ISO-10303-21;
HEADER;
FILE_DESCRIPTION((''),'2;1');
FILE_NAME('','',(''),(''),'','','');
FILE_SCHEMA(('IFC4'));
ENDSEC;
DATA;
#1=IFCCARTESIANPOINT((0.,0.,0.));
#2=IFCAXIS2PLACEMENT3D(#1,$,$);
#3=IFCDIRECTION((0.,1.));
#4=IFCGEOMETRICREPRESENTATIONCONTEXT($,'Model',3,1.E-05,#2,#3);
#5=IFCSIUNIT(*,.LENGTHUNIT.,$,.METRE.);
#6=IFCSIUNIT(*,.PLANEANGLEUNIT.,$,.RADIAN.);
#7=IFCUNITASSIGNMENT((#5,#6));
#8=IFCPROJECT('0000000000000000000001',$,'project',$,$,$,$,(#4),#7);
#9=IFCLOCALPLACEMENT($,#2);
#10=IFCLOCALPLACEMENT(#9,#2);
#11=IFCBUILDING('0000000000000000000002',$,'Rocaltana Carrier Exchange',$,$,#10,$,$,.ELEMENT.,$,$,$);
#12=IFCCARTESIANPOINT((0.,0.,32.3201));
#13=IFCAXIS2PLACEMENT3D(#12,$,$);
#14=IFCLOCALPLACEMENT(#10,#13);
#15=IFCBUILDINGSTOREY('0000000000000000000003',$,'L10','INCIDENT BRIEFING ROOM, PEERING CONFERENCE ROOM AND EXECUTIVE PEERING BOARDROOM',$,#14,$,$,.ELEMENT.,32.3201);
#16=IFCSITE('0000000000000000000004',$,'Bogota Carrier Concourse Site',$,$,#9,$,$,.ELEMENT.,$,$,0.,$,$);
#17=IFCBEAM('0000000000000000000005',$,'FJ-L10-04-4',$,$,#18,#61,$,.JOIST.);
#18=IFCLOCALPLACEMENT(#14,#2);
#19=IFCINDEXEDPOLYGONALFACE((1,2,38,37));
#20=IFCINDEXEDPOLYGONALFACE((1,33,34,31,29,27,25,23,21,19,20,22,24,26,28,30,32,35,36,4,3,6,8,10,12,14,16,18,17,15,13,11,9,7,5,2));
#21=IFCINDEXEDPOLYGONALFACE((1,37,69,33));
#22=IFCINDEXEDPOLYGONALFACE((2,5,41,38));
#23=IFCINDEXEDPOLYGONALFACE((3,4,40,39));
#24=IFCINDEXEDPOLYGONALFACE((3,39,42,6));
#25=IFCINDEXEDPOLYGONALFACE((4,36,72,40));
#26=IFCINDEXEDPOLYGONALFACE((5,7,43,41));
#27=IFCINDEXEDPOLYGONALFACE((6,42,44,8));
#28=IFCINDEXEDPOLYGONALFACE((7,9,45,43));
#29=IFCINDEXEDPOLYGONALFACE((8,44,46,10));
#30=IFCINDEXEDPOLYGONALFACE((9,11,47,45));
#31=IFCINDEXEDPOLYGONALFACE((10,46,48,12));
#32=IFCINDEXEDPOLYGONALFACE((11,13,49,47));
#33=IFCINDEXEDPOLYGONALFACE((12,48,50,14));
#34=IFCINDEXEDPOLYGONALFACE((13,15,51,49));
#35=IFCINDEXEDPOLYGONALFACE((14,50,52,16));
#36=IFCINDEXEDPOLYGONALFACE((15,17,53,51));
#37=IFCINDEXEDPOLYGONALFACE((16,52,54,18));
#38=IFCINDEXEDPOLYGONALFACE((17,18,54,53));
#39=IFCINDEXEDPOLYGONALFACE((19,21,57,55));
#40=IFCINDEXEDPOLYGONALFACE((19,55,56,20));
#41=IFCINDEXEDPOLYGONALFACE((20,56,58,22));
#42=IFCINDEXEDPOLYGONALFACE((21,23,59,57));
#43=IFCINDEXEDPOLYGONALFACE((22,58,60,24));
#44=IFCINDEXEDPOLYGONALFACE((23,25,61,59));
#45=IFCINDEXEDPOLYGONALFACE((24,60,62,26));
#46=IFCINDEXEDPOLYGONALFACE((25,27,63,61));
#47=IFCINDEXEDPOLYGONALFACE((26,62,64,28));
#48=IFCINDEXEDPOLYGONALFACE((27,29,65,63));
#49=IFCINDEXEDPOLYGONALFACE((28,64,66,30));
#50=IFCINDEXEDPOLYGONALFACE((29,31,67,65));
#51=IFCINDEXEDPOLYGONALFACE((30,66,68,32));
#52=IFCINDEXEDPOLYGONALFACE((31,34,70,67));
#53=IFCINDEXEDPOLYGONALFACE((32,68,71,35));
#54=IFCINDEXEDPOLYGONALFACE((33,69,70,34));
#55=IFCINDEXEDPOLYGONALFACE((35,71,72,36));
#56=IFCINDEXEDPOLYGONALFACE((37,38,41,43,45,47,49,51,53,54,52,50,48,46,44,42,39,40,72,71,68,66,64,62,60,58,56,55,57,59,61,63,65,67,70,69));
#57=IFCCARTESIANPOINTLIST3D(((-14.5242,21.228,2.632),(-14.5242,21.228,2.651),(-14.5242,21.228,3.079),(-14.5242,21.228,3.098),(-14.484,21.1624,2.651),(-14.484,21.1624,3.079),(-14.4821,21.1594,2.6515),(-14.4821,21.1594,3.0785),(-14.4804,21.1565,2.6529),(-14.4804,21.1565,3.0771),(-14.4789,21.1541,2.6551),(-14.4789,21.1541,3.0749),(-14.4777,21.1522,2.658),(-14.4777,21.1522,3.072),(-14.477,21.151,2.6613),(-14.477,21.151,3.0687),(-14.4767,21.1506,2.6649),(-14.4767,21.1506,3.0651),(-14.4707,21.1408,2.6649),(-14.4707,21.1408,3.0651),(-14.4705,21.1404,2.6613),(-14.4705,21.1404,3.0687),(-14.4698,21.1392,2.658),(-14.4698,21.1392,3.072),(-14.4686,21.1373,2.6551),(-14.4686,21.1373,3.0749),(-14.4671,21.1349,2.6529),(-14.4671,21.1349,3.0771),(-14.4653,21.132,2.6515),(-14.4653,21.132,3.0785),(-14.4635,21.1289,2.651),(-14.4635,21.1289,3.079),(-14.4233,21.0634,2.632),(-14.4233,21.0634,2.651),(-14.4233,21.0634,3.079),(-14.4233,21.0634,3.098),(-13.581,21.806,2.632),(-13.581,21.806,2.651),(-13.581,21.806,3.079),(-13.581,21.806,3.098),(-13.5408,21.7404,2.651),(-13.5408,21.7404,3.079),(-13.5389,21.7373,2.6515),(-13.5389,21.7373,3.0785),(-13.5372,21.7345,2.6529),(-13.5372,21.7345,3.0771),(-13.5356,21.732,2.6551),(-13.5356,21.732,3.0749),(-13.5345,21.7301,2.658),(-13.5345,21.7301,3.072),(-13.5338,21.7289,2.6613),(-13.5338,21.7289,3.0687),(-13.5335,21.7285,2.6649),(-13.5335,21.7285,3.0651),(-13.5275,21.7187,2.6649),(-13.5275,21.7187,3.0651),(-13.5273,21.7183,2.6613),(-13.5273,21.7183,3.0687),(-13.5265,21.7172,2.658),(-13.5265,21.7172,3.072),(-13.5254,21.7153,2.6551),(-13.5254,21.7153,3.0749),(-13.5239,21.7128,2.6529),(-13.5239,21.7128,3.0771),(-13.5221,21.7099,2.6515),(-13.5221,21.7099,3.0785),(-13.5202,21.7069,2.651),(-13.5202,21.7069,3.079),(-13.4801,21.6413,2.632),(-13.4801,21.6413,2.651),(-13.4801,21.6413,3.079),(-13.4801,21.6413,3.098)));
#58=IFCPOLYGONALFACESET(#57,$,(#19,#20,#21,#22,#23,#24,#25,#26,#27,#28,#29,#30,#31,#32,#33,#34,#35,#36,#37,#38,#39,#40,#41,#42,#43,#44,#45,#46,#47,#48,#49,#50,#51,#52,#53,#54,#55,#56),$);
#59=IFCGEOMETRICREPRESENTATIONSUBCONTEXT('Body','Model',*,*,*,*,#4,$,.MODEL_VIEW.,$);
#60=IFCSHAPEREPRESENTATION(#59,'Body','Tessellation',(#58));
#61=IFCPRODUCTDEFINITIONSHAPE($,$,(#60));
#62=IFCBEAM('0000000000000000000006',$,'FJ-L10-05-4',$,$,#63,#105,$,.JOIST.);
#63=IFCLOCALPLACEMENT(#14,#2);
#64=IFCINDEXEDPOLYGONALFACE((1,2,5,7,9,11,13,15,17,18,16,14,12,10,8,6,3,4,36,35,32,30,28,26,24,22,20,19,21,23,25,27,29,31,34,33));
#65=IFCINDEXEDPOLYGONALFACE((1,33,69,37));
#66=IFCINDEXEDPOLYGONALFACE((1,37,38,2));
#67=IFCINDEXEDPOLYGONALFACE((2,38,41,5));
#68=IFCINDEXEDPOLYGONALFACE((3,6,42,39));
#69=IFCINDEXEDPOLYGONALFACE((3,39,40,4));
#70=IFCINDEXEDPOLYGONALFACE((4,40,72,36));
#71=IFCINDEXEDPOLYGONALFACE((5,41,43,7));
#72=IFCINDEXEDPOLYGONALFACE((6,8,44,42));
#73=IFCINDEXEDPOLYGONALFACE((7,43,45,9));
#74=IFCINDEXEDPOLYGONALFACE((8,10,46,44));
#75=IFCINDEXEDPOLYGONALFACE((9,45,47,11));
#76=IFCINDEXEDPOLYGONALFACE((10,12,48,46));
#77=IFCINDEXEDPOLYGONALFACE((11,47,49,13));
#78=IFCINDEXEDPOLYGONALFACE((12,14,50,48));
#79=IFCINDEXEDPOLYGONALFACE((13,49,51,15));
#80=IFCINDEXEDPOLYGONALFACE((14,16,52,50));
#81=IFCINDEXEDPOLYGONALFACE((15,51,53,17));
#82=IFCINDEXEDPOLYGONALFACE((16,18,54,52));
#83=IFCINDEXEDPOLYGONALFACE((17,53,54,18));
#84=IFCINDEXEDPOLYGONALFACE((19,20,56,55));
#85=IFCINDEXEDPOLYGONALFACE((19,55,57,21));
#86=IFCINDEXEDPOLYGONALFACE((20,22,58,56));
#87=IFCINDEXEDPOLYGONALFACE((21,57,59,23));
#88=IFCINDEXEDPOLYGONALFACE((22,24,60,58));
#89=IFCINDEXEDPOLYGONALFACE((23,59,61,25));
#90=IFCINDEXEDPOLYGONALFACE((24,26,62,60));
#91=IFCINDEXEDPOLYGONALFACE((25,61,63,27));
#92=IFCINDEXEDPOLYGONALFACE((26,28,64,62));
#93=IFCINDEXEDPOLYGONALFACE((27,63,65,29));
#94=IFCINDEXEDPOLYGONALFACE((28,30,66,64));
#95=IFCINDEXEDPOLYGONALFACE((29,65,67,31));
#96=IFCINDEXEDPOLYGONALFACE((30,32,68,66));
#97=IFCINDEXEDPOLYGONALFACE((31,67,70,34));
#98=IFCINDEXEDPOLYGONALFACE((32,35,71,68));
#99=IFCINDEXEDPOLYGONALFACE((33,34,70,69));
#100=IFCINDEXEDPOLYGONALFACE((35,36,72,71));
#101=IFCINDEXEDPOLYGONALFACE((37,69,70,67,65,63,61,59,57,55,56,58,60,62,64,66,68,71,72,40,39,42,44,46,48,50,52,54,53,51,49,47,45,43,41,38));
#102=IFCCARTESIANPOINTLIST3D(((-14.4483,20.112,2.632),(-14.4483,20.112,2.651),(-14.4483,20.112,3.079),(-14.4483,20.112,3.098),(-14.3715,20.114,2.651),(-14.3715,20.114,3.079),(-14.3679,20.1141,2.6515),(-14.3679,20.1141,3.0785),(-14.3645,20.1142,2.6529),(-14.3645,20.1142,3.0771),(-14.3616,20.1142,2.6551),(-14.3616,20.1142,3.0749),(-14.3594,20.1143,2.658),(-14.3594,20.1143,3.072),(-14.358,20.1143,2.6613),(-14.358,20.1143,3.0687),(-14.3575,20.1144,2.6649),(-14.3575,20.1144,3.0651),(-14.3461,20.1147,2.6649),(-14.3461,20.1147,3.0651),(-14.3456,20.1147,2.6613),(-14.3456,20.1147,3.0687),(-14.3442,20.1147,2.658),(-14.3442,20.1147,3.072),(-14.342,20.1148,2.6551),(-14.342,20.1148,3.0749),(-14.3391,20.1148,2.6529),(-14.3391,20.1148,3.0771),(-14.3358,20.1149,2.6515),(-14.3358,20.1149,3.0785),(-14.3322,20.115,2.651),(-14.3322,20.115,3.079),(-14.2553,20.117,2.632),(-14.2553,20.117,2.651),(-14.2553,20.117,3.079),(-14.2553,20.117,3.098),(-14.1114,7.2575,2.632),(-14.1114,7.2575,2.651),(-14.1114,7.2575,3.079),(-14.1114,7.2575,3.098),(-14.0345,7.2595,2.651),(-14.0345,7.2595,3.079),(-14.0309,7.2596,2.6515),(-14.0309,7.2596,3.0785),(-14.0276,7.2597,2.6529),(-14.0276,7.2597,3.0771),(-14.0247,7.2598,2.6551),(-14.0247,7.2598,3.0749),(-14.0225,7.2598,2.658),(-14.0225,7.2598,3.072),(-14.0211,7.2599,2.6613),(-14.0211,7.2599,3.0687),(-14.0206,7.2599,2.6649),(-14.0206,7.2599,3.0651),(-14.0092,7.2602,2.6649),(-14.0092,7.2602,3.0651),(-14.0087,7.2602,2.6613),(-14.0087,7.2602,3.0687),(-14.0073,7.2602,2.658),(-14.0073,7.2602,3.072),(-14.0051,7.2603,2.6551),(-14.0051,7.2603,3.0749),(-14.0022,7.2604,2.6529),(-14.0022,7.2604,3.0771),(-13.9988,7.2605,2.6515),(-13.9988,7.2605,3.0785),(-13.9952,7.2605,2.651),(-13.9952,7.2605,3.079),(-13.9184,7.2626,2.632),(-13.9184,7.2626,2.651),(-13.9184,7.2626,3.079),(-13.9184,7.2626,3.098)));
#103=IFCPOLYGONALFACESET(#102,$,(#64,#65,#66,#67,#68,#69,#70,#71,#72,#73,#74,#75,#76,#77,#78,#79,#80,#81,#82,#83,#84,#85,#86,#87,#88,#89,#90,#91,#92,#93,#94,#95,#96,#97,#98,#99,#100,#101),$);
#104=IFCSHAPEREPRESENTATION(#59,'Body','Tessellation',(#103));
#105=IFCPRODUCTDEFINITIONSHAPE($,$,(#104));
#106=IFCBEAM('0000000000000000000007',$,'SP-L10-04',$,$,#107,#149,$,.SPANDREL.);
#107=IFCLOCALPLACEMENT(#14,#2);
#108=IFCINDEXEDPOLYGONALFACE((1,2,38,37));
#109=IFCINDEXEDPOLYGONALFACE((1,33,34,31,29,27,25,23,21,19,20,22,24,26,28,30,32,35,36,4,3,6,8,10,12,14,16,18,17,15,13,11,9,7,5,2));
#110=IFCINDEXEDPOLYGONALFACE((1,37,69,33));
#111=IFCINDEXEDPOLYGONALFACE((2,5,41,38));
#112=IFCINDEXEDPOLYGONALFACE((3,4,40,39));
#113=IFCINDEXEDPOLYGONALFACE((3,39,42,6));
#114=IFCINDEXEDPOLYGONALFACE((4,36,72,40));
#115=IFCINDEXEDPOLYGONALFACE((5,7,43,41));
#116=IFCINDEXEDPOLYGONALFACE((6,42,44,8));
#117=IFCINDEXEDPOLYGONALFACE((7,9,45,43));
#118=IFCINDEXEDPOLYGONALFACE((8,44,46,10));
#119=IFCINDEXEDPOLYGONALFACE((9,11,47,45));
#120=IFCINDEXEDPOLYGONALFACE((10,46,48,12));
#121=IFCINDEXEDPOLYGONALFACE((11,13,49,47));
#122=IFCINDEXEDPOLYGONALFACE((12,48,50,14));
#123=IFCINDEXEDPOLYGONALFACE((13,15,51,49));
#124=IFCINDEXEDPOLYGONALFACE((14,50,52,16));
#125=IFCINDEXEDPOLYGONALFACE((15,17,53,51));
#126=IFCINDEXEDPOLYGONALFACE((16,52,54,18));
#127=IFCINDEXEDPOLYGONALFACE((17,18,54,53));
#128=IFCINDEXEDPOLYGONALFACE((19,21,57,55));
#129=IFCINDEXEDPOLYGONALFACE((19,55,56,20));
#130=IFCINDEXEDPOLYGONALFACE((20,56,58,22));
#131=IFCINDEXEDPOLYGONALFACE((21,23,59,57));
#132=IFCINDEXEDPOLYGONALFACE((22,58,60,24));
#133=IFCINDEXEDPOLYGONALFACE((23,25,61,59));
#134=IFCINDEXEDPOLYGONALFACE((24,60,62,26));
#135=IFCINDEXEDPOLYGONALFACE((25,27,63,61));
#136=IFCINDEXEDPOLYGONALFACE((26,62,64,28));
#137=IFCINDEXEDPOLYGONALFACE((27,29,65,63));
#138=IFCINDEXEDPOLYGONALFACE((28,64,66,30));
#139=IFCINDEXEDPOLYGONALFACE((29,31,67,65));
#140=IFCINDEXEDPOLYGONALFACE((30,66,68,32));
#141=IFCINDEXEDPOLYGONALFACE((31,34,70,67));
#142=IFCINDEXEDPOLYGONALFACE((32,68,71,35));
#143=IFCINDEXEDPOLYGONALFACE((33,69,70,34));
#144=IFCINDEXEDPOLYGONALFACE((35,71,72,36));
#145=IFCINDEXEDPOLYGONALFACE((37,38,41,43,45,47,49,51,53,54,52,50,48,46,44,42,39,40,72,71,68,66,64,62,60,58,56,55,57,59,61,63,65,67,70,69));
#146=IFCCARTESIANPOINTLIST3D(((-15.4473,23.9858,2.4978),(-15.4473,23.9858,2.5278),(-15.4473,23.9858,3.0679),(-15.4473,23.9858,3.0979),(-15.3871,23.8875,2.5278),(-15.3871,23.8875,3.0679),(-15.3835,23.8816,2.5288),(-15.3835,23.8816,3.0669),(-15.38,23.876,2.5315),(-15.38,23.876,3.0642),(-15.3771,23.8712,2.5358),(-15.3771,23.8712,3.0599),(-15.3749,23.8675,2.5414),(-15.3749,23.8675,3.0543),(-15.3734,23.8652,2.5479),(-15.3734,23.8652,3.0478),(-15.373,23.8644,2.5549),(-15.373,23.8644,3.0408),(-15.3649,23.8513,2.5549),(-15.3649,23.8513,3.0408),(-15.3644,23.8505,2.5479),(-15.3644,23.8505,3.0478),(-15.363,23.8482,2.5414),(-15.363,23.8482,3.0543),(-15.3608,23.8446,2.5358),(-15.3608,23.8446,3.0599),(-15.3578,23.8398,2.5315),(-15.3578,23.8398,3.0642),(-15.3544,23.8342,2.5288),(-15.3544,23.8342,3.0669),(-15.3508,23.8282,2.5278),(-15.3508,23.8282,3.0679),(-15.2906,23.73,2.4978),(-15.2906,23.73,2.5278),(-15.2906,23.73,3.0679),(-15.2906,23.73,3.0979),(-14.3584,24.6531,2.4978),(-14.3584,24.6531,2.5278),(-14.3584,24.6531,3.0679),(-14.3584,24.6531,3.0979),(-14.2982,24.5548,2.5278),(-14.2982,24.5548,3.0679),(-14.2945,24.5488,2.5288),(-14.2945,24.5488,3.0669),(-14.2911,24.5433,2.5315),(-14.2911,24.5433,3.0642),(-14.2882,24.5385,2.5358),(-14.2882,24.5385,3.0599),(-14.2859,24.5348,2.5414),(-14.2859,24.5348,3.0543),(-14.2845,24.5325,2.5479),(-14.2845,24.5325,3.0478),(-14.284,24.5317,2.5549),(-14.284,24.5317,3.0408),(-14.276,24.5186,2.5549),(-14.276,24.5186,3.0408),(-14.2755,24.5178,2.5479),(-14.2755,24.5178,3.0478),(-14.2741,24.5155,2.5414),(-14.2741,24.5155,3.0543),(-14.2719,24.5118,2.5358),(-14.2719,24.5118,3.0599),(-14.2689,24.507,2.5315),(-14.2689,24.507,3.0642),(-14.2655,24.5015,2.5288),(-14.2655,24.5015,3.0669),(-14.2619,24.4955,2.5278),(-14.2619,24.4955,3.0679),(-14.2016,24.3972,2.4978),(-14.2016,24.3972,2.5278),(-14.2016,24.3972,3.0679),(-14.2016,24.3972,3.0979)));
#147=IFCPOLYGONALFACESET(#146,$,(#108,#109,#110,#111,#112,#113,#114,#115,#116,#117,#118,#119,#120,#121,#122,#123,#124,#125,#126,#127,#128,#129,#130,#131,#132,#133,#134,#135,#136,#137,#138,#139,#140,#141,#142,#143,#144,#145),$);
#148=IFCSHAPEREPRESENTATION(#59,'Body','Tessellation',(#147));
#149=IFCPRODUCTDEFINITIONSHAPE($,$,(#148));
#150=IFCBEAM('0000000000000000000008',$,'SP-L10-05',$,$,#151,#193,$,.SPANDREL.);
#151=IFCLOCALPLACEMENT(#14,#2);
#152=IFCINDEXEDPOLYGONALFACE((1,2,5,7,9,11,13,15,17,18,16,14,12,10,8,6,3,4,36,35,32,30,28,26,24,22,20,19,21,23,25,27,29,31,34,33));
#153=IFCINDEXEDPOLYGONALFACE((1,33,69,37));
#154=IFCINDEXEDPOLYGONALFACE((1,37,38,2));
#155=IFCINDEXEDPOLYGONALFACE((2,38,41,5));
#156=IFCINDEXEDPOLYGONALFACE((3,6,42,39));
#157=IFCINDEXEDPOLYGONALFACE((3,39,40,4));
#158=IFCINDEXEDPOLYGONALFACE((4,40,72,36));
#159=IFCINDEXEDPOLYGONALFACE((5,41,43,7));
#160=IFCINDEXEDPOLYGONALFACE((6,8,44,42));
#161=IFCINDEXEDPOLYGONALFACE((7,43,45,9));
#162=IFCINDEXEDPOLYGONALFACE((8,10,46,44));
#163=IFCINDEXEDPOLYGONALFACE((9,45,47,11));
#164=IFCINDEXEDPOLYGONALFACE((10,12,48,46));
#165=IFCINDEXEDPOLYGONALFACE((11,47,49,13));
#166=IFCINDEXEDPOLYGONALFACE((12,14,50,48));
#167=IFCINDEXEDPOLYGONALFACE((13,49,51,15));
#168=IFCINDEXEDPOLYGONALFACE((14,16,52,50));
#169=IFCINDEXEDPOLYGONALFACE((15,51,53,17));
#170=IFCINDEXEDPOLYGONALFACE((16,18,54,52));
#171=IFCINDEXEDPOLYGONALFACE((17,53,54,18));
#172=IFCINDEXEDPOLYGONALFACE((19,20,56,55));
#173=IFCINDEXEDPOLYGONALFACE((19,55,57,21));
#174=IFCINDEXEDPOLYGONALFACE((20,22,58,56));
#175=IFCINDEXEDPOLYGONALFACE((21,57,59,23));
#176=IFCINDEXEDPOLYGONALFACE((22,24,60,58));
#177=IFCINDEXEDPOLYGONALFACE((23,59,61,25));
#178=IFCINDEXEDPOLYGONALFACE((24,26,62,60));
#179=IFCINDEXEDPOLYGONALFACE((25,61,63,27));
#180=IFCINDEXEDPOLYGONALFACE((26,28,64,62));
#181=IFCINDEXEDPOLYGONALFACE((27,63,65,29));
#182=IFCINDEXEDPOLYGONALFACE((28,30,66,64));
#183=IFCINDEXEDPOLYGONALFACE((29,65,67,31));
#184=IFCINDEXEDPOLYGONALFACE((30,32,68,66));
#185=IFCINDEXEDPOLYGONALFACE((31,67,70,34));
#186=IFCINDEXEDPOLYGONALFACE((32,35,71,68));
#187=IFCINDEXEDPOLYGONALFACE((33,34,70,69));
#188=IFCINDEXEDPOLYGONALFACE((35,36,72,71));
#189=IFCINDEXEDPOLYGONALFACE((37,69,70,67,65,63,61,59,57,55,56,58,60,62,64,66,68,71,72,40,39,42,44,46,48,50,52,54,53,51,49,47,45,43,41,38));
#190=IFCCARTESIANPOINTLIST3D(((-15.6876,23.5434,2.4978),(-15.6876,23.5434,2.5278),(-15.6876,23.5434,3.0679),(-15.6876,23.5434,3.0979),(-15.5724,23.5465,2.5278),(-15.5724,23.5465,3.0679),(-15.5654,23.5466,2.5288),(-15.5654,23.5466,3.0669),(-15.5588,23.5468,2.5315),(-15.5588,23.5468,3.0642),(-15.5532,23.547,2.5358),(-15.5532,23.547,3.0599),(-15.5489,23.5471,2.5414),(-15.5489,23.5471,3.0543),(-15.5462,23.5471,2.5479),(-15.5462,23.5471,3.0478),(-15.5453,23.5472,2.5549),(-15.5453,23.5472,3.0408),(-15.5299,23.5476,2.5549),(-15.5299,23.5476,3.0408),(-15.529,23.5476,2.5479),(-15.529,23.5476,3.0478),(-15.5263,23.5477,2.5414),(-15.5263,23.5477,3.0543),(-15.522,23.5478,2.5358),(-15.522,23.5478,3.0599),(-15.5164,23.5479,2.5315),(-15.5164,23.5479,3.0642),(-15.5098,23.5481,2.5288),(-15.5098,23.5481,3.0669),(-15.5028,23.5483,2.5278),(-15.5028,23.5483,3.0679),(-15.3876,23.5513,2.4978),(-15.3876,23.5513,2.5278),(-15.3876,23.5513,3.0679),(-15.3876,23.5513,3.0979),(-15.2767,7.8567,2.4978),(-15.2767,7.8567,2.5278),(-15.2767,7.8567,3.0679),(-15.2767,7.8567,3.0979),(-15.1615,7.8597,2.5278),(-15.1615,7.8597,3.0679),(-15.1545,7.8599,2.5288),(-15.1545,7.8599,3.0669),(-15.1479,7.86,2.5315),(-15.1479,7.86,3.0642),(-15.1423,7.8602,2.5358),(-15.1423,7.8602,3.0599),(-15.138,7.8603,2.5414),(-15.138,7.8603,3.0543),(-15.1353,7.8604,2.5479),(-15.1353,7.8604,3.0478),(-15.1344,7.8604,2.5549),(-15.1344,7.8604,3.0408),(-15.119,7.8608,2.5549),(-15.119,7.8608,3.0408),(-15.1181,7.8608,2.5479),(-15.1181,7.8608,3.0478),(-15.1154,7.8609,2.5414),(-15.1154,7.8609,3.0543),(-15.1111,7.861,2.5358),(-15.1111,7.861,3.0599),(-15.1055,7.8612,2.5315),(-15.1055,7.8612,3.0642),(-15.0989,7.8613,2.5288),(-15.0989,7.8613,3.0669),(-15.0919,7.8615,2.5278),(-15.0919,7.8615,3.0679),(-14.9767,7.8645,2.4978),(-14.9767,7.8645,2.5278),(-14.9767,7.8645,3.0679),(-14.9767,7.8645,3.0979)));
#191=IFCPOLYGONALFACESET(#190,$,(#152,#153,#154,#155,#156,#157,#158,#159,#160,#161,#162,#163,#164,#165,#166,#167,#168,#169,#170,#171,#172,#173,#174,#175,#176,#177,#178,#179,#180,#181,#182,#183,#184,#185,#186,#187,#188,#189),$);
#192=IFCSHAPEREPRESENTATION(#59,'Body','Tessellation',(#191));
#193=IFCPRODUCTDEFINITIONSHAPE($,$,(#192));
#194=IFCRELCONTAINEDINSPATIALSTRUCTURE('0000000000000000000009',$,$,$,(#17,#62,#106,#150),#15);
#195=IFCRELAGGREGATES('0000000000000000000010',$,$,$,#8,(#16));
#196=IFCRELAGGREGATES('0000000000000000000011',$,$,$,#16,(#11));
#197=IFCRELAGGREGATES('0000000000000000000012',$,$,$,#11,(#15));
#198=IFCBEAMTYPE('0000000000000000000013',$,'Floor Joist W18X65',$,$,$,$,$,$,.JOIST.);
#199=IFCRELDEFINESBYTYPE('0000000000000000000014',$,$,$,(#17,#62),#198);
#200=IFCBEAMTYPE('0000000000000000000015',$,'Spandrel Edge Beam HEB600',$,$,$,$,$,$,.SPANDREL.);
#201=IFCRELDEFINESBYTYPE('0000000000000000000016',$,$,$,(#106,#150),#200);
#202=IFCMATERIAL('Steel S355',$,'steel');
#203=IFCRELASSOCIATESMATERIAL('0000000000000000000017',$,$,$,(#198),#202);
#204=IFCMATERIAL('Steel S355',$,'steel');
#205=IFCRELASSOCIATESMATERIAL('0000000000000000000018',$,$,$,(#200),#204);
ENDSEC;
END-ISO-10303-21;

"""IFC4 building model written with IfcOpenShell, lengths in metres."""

from ifc_helpers import new_model, si_unit, direction, frame, origin, origin_2d, place, context, subcontext, project, spatial, i_section, extrude, material, material_profile, profile_set, type_object, element, save


model = new_model("IFC4")

# Units and contexts
model_context = context("Model", 3, precision=1e-05, world=origin(), true_north=direction((0.0, 1.0)))
body_context = subcontext(model_context, "Body", "Model", "MODEL_VIEW")
ifc_project = project(units=[si_unit("LENGTHUNIT", "METRE"), si_unit("PLANEANGLEUNIT", "RADIAN")], contexts=[model_context])

# Site, building, storey
site_placement = place(None, origin())
site = spatial("IfcSite", under=ifc_project, at=site_placement, Name="Bogota Carrier Concourse Site", CompositionType="ELEMENT", RefElevation=0.0)
building_placement = place(site_placement, origin())
building = spatial("IfcBuilding", under=site, at=building_placement, Name="Rocaltana Carrier Exchange", CompositionType="ELEMENT")
storey_placement = place(building_placement, frame((0.0, 0.0, 32.3201)))
storey = spatial("IfcBuildingStorey", under=building, at=storey_placement, Name="L10", Description="INCIDENT BRIEFING ROOM, PEERING CONFERENCE ROOM AND EXECUTIVE PEERING BOARDROOM", CompositionType="ELEMENT", Elevation=32.3201)

# Beams
ifc_material_1 = material(Name="Steel S355", Category="steel")
ifc_material_profile_1 = material_profile(ifc_material_1, i_section(OverallWidth=0.1931, OverallDepth=0.4661, WebThickness=0.0115, FlangeThickness=0.019, FilletRadius=0.0139, at=origin_2d()), Name="W18X65")
ifc_profile_set_1 = profile_set([ifc_material_profile_1], Name="Steel S355")
beam_type_1 = type_object("IfcBeamType", Name="Floor Joist W18X65", PredefinedType="JOIST", material=ifc_profile_set_1)
beam_1_placement = place(storey_placement, frame((-13.5305, 21.7236, 2.865), z_axis=(-0.852665, -0.522459, 0.0), x_axis=(0.522459, -0.852665, 0.0)))
element("IfcBeam", 1, at=beam_1_placement, inside=storey, type_object=beam_type_1, Name="FJ-L10-04-4", PredefinedType="JOIST", context=body_context, shape_type="SweptSolid", body=[
    extrude(i_section(OverallWidth=0.1931, OverallDepth=0.4661, WebThickness=0.0115, FlangeThickness=0.019, FilletRadius=0.0139, at=origin_2d()), origin(), (0.0, 0.0, 1.0), 1.1062),
])
beam_2_placement = place(storey_placement, frame((-14.3518, 20.1145, 2.865), z_axis=(0.026201, -0.999657, 0.0), x_axis=(0.999657, 0.026201, 0.0)))
element("IfcBeam", 2, at=beam_2_placement, inside=storey, type_object=beam_type_1, Name="FJ-L10-05-4", PredefinedType="JOIST", context=body_context, shape_type="SweptSolid", body=[
    extrude(i_section(OverallWidth=0.1931, OverallDepth=0.4661, WebThickness=0.0115, FlangeThickness=0.019, FilletRadius=0.0139, at=origin_2d()), origin(), (0.0, 0.0, 1.0), 12.8589),
])
ifc_material_2 = material(Name="Steel S355", Category="steel")
ifc_material_profile_2 = material_profile(ifc_material_2, i_section(OverallWidth=0.3, OverallDepth=0.6001, WebThickness=0.0154, FlangeThickness=0.03, FilletRadius=0.0271, at=origin_2d()), Name="HEB600")
ifc_profile_set_2 = profile_set([ifc_material_profile_2], Name="Steel S355")
beam_type_2 = type_object("IfcBeamType", Name="Spandrel Edge Beam HEB600", PredefinedType="SPANDREL", material=ifc_profile_set_2)
beam_3_placement = place(storey_placement, frame((-14.28, 24.5251, 2.7979), z_axis=(-0.852648, -0.522486, 0.0), x_axis=(0.522486, -0.852648, 0.0)))
element("IfcBeam", 3, at=beam_3_placement, inside=storey, type_object=beam_type_2, Name="SP-L10-04", PredefinedType="SPANDREL", context=body_context, shape_type="SweptSolid", body=[
    extrude(i_section(OverallWidth=0.3, OverallDepth=0.6001, WebThickness=0.0154, FlangeThickness=0.03, FilletRadius=0.0271, at=origin_2d()), origin(), (0.0, 0.0, 1.0), 1.2771),
])
beam_4_placement = place(storey_placement, frame((-15.5376, 23.5474, 2.7979), z_axis=(0.026184, -0.999657, 0.0), x_axis=(0.999657, 0.026184, 0.0)))
element("IfcBeam", 4, at=beam_4_placement, inside=storey, type_object=beam_type_2, Name="SP-L10-05", PredefinedType="SPANDREL", context=body_context, shape_type="SweptSolid", body=[
    extrude(i_section(OverallWidth=0.3, OverallDepth=0.6001, WebThickness=0.0154, FlangeThickness=0.03, FilletRadius=0.0271, at=origin_2d()), origin(), (0.0, 0.0, 1.0), 15.6921),
])

save(model, "model.ifc")
